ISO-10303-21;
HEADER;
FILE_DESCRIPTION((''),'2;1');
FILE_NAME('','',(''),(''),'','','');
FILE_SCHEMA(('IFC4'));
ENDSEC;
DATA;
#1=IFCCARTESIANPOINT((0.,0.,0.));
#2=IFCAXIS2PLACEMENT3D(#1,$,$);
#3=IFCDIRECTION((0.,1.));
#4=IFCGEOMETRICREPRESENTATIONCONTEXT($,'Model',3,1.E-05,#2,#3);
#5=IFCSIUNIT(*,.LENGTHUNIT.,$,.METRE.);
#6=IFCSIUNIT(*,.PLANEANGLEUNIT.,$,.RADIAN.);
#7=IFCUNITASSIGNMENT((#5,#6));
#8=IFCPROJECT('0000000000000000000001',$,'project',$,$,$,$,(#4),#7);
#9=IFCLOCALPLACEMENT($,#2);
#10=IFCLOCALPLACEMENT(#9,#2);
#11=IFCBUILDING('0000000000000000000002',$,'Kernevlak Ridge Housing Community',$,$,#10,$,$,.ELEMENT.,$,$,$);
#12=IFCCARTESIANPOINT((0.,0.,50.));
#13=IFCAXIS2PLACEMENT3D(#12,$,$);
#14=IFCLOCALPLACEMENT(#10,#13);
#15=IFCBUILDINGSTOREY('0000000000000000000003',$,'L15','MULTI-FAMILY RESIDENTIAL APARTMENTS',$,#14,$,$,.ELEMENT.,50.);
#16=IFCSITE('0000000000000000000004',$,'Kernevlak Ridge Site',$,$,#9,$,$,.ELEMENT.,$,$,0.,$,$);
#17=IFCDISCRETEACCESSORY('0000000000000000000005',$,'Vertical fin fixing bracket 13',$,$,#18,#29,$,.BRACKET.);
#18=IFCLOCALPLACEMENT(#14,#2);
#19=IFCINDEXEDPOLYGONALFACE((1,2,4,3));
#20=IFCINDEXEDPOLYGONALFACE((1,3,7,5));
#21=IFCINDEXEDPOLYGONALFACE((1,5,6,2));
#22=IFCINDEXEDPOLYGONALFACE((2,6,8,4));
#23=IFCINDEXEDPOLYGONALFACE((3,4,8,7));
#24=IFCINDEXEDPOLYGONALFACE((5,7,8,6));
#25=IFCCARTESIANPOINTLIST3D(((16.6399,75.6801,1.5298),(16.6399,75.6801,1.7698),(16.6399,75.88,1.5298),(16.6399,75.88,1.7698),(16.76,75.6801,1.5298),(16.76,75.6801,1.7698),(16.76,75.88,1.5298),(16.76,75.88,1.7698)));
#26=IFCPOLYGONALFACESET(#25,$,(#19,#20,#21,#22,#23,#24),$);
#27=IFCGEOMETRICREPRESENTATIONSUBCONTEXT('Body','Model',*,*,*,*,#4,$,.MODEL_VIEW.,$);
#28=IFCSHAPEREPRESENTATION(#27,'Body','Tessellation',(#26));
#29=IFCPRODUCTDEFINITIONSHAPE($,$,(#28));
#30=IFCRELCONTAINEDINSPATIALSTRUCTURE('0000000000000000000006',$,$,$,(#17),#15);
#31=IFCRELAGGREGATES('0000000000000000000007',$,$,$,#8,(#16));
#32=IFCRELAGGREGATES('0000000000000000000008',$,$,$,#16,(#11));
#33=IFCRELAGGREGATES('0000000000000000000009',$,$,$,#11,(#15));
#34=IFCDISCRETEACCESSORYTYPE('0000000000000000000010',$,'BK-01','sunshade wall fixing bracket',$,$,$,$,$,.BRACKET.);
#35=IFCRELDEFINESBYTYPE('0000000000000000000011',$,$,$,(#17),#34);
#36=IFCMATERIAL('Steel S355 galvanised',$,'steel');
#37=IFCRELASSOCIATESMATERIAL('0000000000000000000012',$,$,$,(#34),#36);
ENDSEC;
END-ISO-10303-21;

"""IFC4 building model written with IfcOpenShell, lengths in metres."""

from ifc_helpers import new_model, si_unit, direction, frame, origin, origin_2d, place, context, subcontext, project, spatial, rectangle, extrude, material, type_object, element, save


model = new_model("IFC4")

# Units and contexts
model_context = context("Model", 3, precision=1e-05, world=origin(), true_north=direction((0.0, 1.0)))
body_context = subcontext(model_context, "Body", "Model", "MODEL_VIEW")
ifc_project = project(units=[si_unit("LENGTHUNIT", "METRE"), si_unit("PLANEANGLEUNIT", "RADIAN")], contexts=[model_context])

# Site, building, storey
site_placement = place(None, origin())
site = spatial("IfcSite", under=ifc_project, at=site_placement, Name="Kernevlak Ridge Site", CompositionType="ELEMENT", RefElevation=0.0)
building_placement = place(site_placement, origin())
building = spatial("IfcBuilding", under=site, at=building_placement, Name="Kernevlak Ridge Housing Community", CompositionType="ELEMENT")
storey_placement = place(building_placement, frame((0.0, 0.0, 50.0)))
storey = spatial("IfcBuildingStorey", under=building, at=storey_placement, Name="L15", Description="MULTI-FAMILY RESIDENTIAL APARTMENTS", CompositionType="ELEMENT", Elevation=50.0)

# Discrete accessory
ifc_material_1 = material(Name="Steel S355 galvanised", Category="steel")
discrete_accessory_type = type_object("IfcDiscreteAccessoryType", Name="BK-01", Description="sunshade wall fixing bracket", PredefinedType="BRACKET", material=ifc_material_1)
discrete_accessory_1_placement = place(storey_placement, frame((16.7, 75.78, 1.5298), z_axis=(0.0, 0.0, 1.0), x_axis=(1.0, 0.0, 0.0)))
element("IfcDiscreteAccessory", 1, at=discrete_accessory_1_placement, inside=storey, type_object=discrete_accessory_type, Name="Vertical fin fixing bracket 13", PredefinedType="BRACKET", context=body_context, shape_type="SweptSolid", body=[
    extrude(rectangle(XDim=0.1201, YDim=0.2, at=origin_2d()), origin(), (0.0, 0.0, 1.0), 0.24),
])

save(model, "model.ifc")
